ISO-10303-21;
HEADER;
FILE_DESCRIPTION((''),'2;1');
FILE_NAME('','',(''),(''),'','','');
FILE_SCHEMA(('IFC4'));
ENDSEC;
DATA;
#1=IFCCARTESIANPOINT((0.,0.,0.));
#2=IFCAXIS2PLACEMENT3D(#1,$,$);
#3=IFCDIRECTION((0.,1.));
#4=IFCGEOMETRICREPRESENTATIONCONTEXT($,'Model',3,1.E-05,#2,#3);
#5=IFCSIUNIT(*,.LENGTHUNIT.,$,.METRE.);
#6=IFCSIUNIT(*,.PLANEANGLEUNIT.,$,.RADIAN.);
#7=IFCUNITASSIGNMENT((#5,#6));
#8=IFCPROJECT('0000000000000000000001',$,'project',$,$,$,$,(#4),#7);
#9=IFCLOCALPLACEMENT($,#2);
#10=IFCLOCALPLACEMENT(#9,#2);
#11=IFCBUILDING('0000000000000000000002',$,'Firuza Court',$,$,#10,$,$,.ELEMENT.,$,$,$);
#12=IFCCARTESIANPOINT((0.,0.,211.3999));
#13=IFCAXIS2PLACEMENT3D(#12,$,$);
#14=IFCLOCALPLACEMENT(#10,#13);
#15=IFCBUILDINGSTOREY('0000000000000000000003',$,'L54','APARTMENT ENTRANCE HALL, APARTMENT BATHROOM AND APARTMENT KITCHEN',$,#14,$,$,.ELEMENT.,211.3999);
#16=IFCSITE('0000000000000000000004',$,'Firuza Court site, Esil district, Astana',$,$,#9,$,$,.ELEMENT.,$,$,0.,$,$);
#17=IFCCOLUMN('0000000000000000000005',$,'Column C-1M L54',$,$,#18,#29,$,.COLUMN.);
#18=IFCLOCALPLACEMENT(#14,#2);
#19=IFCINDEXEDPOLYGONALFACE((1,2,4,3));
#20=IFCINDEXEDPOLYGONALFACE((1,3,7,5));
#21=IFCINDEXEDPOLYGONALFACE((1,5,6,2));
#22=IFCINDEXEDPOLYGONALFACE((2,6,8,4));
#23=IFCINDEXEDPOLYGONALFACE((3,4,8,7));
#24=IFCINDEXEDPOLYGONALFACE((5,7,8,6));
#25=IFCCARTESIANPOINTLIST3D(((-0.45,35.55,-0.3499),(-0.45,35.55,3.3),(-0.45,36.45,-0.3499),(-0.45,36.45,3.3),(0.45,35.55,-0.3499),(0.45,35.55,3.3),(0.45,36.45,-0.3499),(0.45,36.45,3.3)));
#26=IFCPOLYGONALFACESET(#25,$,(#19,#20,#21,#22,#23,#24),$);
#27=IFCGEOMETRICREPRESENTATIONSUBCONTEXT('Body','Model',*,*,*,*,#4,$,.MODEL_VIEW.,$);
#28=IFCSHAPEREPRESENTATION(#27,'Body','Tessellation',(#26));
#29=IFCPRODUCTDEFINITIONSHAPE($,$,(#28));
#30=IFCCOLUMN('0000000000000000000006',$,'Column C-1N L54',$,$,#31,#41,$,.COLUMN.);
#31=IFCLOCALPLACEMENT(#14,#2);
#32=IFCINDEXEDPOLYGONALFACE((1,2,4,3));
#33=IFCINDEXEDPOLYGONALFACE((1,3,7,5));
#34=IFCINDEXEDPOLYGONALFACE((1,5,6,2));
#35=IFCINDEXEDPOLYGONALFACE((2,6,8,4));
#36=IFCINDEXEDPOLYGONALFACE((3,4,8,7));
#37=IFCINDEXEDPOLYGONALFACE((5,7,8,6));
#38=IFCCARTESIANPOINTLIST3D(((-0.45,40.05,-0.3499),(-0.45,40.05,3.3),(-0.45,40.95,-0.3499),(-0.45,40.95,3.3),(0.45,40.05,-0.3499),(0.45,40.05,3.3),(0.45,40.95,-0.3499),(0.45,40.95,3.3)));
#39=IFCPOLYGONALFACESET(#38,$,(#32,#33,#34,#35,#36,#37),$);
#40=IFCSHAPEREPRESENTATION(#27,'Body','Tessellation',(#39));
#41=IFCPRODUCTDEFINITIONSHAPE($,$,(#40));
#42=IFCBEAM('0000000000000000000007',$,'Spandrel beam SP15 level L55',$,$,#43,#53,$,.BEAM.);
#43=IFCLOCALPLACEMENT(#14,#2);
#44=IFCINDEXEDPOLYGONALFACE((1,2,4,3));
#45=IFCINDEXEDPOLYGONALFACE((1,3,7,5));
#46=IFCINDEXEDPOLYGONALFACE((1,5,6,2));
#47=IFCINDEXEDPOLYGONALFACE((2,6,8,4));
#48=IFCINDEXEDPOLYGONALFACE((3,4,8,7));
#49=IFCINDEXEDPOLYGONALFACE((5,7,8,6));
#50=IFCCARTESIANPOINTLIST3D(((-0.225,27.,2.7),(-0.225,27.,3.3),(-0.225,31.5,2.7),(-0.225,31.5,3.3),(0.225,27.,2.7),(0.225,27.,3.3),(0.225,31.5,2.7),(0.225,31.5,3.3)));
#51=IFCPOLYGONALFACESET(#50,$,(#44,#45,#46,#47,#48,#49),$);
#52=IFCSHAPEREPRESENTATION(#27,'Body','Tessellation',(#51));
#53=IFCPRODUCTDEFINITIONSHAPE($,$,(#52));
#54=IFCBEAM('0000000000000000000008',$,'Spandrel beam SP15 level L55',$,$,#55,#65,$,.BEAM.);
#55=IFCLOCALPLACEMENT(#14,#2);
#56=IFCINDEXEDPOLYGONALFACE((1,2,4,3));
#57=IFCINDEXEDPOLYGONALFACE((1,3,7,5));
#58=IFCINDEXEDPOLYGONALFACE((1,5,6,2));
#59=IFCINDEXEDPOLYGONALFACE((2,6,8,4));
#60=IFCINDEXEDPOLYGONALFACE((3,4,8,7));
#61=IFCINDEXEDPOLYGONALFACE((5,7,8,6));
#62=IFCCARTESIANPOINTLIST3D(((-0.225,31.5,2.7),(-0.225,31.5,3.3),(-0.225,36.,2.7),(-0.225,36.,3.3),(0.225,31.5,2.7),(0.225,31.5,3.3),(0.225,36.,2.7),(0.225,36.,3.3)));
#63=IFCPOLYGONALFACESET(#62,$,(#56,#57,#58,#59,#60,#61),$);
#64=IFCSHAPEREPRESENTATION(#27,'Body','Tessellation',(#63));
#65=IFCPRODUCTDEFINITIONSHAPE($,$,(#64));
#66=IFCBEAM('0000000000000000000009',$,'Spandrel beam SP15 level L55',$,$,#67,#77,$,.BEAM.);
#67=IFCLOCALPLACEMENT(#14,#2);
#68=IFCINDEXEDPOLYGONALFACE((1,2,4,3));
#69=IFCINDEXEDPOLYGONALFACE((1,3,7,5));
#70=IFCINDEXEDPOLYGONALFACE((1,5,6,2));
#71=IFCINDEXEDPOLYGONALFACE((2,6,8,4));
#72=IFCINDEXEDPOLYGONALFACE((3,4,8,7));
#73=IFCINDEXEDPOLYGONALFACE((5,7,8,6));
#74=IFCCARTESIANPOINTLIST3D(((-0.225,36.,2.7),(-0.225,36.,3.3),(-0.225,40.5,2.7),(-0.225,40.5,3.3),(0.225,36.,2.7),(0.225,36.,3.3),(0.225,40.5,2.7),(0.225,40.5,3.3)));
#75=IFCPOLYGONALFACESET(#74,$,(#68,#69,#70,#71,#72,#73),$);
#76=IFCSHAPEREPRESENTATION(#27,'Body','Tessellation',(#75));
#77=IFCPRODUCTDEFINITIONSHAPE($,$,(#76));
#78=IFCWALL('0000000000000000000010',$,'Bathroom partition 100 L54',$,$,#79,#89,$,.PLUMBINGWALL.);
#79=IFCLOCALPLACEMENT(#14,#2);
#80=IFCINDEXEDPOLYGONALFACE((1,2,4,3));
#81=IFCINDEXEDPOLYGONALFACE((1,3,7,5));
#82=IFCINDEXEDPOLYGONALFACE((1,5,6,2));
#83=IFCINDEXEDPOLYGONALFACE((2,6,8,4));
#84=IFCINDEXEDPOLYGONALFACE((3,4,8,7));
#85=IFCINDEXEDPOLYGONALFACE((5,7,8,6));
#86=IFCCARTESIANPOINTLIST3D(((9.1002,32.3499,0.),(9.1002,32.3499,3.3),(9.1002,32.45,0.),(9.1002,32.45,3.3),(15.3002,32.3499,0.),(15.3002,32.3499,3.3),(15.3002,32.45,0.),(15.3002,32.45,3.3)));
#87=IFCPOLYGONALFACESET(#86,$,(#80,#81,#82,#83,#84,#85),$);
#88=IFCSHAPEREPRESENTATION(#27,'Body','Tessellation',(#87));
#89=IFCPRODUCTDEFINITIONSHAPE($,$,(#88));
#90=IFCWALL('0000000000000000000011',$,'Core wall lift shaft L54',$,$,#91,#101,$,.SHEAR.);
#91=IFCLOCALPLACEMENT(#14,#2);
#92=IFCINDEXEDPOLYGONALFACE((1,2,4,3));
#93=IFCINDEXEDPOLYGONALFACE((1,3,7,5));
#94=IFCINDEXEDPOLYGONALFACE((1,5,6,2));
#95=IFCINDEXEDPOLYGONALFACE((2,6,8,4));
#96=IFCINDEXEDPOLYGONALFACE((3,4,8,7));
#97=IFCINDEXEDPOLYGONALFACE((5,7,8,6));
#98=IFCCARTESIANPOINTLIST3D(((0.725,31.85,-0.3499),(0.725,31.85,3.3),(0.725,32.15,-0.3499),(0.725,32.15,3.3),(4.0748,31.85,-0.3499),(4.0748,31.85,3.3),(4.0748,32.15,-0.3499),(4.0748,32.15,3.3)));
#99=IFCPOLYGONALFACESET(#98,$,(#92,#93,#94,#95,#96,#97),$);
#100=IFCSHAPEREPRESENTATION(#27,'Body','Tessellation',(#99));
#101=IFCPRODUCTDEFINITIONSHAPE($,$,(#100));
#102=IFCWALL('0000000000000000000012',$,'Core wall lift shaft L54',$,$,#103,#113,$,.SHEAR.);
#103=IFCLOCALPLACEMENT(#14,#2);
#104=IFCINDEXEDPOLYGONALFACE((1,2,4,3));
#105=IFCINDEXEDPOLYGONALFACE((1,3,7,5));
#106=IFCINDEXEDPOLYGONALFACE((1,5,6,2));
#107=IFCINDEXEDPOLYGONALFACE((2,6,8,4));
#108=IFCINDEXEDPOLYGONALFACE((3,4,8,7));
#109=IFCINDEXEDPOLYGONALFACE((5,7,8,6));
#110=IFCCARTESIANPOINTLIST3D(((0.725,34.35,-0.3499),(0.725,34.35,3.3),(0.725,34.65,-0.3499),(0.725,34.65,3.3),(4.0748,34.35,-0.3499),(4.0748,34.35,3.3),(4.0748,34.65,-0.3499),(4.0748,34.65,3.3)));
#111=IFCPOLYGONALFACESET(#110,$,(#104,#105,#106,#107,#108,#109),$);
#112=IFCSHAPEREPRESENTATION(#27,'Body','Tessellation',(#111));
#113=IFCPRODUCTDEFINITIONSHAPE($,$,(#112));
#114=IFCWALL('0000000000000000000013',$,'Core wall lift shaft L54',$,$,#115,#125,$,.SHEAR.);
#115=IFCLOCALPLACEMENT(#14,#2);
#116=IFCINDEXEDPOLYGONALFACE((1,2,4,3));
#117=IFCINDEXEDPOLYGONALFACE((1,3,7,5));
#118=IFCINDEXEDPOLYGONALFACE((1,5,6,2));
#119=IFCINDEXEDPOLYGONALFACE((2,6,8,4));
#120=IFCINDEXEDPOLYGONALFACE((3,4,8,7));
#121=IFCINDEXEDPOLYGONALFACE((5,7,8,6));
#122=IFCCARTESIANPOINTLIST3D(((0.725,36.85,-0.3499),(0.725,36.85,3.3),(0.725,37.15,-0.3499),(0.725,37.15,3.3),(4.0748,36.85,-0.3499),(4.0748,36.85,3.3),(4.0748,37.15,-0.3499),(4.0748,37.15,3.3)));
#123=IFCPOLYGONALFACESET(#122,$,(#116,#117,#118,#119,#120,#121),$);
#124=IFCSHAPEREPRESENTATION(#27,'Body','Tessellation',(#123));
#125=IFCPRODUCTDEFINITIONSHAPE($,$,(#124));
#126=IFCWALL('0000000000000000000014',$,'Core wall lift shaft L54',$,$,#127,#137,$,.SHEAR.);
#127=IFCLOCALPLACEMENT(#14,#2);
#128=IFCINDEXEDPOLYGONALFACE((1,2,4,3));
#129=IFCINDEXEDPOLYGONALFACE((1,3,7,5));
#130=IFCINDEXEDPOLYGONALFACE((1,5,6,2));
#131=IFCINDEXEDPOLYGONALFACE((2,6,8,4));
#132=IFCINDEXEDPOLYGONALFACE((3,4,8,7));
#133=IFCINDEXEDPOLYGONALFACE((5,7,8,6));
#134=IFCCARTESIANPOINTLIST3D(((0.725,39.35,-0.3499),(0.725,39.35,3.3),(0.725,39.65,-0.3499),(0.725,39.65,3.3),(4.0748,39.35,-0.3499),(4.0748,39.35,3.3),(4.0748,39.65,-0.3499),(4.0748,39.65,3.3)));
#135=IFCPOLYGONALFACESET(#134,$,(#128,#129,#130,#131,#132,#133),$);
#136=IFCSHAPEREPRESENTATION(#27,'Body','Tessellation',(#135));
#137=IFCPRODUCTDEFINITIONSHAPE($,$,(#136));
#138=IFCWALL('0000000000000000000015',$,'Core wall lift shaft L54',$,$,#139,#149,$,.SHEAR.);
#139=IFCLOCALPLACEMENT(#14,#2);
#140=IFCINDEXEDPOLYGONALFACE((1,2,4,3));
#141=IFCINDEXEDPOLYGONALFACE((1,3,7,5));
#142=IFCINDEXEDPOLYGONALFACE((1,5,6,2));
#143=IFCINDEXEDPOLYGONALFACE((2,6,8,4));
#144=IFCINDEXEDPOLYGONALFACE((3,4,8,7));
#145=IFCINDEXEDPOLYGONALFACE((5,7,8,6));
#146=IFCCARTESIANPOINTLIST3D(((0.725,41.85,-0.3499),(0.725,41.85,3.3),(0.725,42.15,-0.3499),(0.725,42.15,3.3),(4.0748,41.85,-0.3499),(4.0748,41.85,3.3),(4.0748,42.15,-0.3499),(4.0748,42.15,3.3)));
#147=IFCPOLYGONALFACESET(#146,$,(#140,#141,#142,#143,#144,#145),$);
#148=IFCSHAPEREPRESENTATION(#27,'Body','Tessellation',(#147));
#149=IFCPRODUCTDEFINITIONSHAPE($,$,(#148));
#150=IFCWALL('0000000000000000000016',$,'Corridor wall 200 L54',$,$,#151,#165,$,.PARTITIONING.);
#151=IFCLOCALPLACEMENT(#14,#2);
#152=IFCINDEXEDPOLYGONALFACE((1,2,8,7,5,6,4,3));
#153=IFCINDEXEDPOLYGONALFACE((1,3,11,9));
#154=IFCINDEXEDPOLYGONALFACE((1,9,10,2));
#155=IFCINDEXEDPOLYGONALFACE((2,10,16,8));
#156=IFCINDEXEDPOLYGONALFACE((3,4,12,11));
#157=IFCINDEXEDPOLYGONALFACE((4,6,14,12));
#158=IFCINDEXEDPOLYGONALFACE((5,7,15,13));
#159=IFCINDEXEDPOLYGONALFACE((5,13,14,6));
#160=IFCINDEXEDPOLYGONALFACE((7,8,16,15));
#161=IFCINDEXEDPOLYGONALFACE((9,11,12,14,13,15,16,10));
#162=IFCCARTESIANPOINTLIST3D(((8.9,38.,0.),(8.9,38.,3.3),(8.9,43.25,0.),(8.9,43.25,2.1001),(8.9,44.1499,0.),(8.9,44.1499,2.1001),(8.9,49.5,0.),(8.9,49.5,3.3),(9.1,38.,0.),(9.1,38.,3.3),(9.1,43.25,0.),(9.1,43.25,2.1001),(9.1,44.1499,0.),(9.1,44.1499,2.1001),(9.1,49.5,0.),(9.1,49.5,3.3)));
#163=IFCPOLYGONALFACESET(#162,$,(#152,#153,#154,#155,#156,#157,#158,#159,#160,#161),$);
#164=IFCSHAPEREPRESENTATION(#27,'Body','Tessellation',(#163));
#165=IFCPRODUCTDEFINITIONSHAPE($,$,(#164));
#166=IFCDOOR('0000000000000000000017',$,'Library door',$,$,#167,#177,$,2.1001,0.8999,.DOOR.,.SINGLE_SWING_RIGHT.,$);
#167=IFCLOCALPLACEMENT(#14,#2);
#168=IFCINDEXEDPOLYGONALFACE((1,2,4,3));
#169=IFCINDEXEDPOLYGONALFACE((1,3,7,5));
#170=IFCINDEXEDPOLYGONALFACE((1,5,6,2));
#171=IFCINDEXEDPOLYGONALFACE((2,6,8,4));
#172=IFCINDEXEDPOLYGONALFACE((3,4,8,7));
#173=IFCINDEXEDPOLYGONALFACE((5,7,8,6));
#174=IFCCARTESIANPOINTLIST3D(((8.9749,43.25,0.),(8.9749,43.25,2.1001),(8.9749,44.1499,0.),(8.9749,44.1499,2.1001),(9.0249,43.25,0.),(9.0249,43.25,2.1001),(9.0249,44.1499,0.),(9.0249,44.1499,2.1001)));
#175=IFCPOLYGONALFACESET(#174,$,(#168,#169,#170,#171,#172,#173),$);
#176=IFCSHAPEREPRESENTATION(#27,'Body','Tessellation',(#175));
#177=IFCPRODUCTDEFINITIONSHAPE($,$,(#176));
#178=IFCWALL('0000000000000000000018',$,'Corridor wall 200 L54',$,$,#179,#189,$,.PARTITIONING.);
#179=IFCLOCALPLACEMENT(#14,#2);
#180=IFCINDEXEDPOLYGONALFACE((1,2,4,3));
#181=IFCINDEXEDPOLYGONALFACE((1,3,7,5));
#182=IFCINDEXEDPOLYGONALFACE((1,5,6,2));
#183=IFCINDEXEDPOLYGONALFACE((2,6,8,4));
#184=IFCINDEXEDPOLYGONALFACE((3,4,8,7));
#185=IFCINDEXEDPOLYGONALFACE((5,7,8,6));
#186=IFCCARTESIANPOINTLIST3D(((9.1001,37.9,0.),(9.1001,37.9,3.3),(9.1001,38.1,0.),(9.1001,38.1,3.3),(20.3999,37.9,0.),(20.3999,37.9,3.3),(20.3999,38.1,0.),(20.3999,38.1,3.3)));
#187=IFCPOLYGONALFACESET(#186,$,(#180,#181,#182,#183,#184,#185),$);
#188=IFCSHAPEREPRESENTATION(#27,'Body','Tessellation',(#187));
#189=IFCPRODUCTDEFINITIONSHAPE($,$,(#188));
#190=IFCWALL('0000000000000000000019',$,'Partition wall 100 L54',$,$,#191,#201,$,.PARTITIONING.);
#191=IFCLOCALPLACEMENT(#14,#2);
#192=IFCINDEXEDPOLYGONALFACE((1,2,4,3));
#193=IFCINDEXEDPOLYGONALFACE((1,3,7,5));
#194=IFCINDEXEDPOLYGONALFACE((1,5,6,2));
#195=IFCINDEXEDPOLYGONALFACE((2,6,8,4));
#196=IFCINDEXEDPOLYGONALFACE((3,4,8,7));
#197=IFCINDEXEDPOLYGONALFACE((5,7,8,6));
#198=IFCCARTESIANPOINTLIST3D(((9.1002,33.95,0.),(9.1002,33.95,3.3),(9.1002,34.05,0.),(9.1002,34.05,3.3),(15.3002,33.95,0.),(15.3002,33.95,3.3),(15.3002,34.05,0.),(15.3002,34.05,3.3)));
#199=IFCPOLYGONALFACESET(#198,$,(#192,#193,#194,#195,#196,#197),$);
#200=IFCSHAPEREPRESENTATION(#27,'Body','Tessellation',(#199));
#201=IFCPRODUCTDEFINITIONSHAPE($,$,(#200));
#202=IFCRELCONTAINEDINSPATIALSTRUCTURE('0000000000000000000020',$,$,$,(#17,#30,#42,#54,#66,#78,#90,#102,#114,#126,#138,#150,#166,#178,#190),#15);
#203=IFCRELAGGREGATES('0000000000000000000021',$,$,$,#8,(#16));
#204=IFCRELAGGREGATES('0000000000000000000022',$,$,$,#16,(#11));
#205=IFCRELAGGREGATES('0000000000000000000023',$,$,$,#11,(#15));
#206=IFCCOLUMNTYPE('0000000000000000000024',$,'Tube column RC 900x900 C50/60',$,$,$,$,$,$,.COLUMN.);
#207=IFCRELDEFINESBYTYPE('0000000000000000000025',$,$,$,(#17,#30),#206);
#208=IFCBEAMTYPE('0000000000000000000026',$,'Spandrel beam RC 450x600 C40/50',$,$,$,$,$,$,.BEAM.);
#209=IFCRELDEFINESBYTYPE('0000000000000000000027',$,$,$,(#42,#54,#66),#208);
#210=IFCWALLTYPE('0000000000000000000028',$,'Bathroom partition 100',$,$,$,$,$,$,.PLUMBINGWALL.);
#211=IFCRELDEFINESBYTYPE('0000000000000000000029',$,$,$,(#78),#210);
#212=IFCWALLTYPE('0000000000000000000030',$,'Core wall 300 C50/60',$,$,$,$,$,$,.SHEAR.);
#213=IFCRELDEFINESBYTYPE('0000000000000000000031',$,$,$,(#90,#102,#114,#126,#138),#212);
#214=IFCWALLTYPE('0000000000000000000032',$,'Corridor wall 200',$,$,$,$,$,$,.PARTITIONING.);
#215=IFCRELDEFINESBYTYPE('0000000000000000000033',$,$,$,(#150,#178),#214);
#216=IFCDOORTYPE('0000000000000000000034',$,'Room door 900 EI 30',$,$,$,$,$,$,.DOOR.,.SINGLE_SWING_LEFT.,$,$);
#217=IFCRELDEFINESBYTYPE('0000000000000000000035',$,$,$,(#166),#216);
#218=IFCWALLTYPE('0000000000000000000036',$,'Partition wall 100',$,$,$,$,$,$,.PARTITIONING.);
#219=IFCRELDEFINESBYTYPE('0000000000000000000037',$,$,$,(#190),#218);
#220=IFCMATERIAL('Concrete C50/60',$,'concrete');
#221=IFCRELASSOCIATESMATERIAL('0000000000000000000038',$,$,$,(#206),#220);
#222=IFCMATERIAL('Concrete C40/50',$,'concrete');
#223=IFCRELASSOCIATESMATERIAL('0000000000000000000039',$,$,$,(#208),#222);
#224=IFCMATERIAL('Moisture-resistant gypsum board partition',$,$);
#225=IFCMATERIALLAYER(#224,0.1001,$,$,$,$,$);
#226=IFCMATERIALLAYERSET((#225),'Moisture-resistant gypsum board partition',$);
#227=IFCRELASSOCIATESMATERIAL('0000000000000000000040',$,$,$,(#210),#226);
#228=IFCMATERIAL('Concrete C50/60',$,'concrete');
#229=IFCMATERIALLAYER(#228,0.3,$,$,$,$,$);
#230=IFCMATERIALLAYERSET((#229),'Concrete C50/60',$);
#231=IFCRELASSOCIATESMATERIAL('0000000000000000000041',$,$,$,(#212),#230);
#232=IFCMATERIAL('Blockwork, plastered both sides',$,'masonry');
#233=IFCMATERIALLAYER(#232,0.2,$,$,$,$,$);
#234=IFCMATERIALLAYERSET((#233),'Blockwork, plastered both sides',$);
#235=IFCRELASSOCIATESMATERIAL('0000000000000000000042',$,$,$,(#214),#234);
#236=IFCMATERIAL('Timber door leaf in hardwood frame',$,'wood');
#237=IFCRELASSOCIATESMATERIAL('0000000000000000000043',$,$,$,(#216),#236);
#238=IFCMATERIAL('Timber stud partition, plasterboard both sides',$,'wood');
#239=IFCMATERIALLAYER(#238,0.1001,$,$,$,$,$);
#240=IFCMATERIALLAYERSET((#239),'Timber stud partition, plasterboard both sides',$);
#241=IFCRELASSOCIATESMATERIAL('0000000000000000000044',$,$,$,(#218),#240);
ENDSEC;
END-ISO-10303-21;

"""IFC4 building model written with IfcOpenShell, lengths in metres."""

from ifc_helpers import new_model, si_unit, direction, frame, frame_2d, origin, origin_2d, place, context, subcontext, project, spatial, rectangle, extrude, material, layer, layer_set, material_profile, profile_set, type_object, element, fill, save


model = new_model("IFC4")

# Units and contexts
model_context = context("Model", 3, precision=1e-05, world=origin(), true_north=direction((0.0, 1.0)))
body_context = subcontext(model_context, "Body", "Model", "MODEL_VIEW")
ifc_project = project(units=[si_unit("LENGTHUNIT", "METRE"), si_unit("PLANEANGLEUNIT", "RADIAN")], contexts=[model_context])

# Site, building, storey
site_placement = place(None, origin())
site = spatial("IfcSite", under=ifc_project, at=site_placement, Name="Firuza Court site, Esil district, Astana", CompositionType="ELEMENT", RefElevation=0.0)
building_placement = place(site_placement, origin())
building = spatial("IfcBuilding", under=site, at=building_placement, Name="Firuza Court", CompositionType="ELEMENT")
storey_placement = place(building_placement, frame((0.0, 0.0, 211.3999)))
storey = spatial("IfcBuildingStorey", under=building, at=storey_placement, Name="L54", Description="APARTMENT ENTRANCE HALL, APARTMENT BATHROOM AND APARTMENT KITCHEN", CompositionType="ELEMENT", Elevation=211.3999)

# Columns
ifc_material_1 = material(Name="Concrete C50/60", Category="concrete")
ifc_material_profile_1 = material_profile(ifc_material_1, rectangle(XDim=0.8999, YDim=0.8999, at=origin_2d()), Name="RC 900x900")
ifc_profile_set_1 = profile_set([ifc_material_profile_1], Name="Concrete C50/60")
column_type = type_object("IfcColumnType", Name="Tube column RC 900x900 C50/60", PredefinedType="COLUMN", material=ifc_profile_set_1)
for number, where, z_axis, x_axis, name in (
    (1, (0.0, 36.0, -0.3499), (0.0, 0.0, 1.0), (1.0, 0.0, 0.0), "Column C-1M L54"),
    (2, (0.0, 40.5, -0.3499), (0.0, 0.0, 1.0), (1.0, 0.0, 0.0), "Column C-1N L54"),
):
    element("IfcColumn", number, at=place(storey_placement, frame(where, z_axis=z_axis, x_axis=x_axis)), inside=storey, type_object=column_type, Name=name, PredefinedType="COLUMN", context=body_context, shape_type="SweptSolid", body=[
        extrude(rectangle(XDim=0.8999, YDim=0.8999, at=origin_2d()), origin(), (0.0, 0.0, 1.0), 3.6499),
    ])

# Beams
ifc_material_2 = material(Name="Concrete C40/50", Category="concrete")
ifc_material_profile_2 = material_profile(ifc_material_2, rectangle(XDim=0.45, YDim=0.6001, at=origin_2d()), Name="RC 450x600")
ifc_profile_set_2 = profile_set([ifc_material_profile_2], Name="Concrete C40/50")
beam_type = type_object("IfcBeamType", Name="Spandrel beam RC 450x600 C40/50", PredefinedType="BEAM", material=ifc_profile_set_2)
for number, where, z_axis, x_axis, name in (
    (3, (0.0, 31.5, 3.0), (0.0, -1.0, 0.0), (1.0, 0.0, 0.0), "Spandrel beam SP15 level L55"),
    (4, (0.0, 36.0, 3.0), (0.0, -1.0, 0.0), (1.0, 0.0, 0.0), "Spandrel beam SP15 level L55"),
    (5, (0.0, 40.5, 3.0), (0.0, -1.0, 0.0), (1.0, 0.0, 0.0), "Spandrel beam SP15 level L55"),
):
    element("IfcBeam", number, at=place(storey_placement, frame(where, z_axis=z_axis, x_axis=x_axis)), inside=storey, type_object=beam_type, Name=name, PredefinedType="BEAM", context=body_context, shape_type="SweptSolid", body=[
        extrude(rectangle(XDim=0.45, YDim=0.6001, at=origin_2d()), origin(), (0.0, 0.0, 1.0), 4.5),
    ])

# Walls
ifc_material_3 = material(Name="Moisture-resistant gypsum board partition")
ifc_layer_1 = layer(ifc_material_3, 0.1001)
ifc_layer_set_1 = layer_set([ifc_layer_1], Name="Moisture-resistant gypsum board partition")
wall_type_1 = type_object("IfcWallType", Name="Bathroom partition 100", PredefinedType="PLUMBINGWALL", material=ifc_layer_set_1)
wall_1_placement = place(storey_placement, frame((9.1001, 32.3999, 0.0), z_axis=(0.0, 0.0, 1.0), x_axis=(1.0, 0.0, 0.0)))
element("IfcWall", 6, at=wall_1_placement, inside=storey, type_object=wall_type_1, Name="Bathroom partition 100 L54", PredefinedType="PLUMBINGWALL", context=body_context, shape_type="SweptSolid", body=[
    extrude(rectangle(XDim=6.2, YDim=0.1001, at=frame_2d((3.1001, 0.0))), origin(), (0.0, 0.0, 1.0), 3.3),
])
ifc_material_4 = material(Name="Concrete C50/60", Category="concrete")
ifc_layer_2 = layer(ifc_material_4, 0.3)
ifc_layer_set_2 = layer_set([ifc_layer_2], Name="Concrete C50/60")
wall_type_2 = type_object("IfcWallType", Name="Core wall 300 C50/60", PredefinedType="SHEAR", material=ifc_layer_set_2)
for number, where, z_axis, x_axis, name in (
    (7, (0.7251, 32.0, -0.3499), (0.0, 0.0, 1.0), (1.0, 0.0, 0.0), "Core wall lift shaft L54"),
    (8, (0.7251, 34.5, -0.3499), (0.0, 0.0, 1.0), (1.0, 0.0, 0.0), "Core wall lift shaft L54"),
    (9, (0.7251, 37.0, -0.3499), (0.0, 0.0, 1.0), (1.0, 0.0, 0.0), "Core wall lift shaft L54"),
    (10, (0.7251, 39.5, -0.3499), (0.0, 0.0, 1.0), (1.0, 0.0, 0.0), "Core wall lift shaft L54"),
    (11, (0.7251, 42.0, -0.3499), (0.0, 0.0, 1.0), (1.0, 0.0, 0.0), "Core wall lift shaft L54"),
):
    element("IfcWall", number, at=place(storey_placement, frame(where, z_axis=z_axis, x_axis=x_axis)), inside=storey, type_object=wall_type_2, Name=name, PredefinedType="SHEAR", context=body_context, shape_type="SweptSolid", body=[
        extrude(rectangle(XDim=3.3499, YDim=0.3, at=frame_2d((1.6748, 0.0))), origin(), (0.0, 0.0, 1.0), 3.6499),
    ])

# Wall, opening, door
ifc_material_5 = material(Name="Blockwork, plastered both sides", Category="masonry")
ifc_layer_3 = layer(ifc_material_5, 0.2)
ifc_layer_set_3 = layer_set([ifc_layer_3], Name="Blockwork, plastered both sides")
wall_type_3 = type_object("IfcWallType", Name="Corridor wall 200", PredefinedType="PARTITIONING", material=ifc_layer_set_3)
wall_2_placement = place(storey_placement, frame((9.0, 38.0, 0.0), z_axis=(0.0, 0.0, 1.0), x_axis=(0.0, 1.0, 0.0)))
wall_2 = element("IfcWall", 12, at=wall_2_placement, inside=storey, type_object=wall_type_3, Name="Corridor wall 200 L54", PredefinedType="PARTITIONING", context=body_context, shape_type="SweptSolid", body=[
    extrude(rectangle(XDim=11.5, YDim=0.2, at=frame_2d((5.75, 0.0))), origin(), (0.0, 0.0, 1.0), 3.3),
])
opening_1_placement = place(wall_2_placement, frame((5.25, 0.0, 0.0)))
opening_1 = element("IfcOpeningElement", 13, at=opening_1_placement, cuts=wall_2, PredefinedType="OPENING", context=body_context, shape_type="SweptSolid", body=[
    extrude(rectangle(XDim=0.8999, YDim=2.1001, at=frame_2d((0.45, 1.05))), frame((0.0, 0.1118, 0.0), z_axis=(0.0, -1.0, 0.0), x_axis=(1.0, 0.0, 0.0)), (0.0, 0.0, 1.0), 0.2239),
])
ifc_material_6 = material(Name="Timber door leaf in hardwood frame", Category="wood")
door_type_1 = type_object("IfcDoorType", Name="Room door 900 EI 30", OperationType="SINGLE_SWING_LEFT", PredefinedType="DOOR", material=ifc_material_6)
door_1_placement = place(opening_1_placement, frame((0.8999, 0.0, 0.0), z_axis=(0.0, 0.0, 1.0), x_axis=(-1.0, 0.0, 0.0)))
door_1 = element("IfcDoor", 14, at=door_1_placement, inside=storey, type_object=door_type_1, Name="Library door", OperationType="SINGLE_SWING_RIGHT", OverallHeight=2.1001, OverallWidth=0.8999, PredefinedType="DOOR", context=body_context, shape_type="SweptSolid", body=[
    extrude(rectangle(XDim=0.8999, YDim=2.1001, at=frame_2d((0.45, 1.05))), frame((0.0, 0.0249, 0.0), z_axis=(0.0, -1.0, 0.0), x_axis=(1.0, 0.0, 0.0)), (0.0, 0.0, 1.0), 0.05),
])
fill(opening_1, door_1)

# Walls
wall_3_placement = place(storey_placement, frame((9.1001, 38.0, 0.0), z_axis=(0.0, 0.0, 1.0), x_axis=(1.0, 0.0, 0.0)))
element("IfcWall", 15, at=wall_3_placement, inside=storey, type_object=wall_type_3, Name="Corridor wall 200 L54", PredefinedType="PARTITIONING", context=body_context, shape_type="SweptSolid", body=[
    extrude(rectangle(XDim=11.2998, YDim=0.2, at=frame_2d((5.6499, 0.0))), origin(), (0.0, 0.0, 1.0), 3.3),
])
ifc_material_7 = material(Name="Timber stud partition, plasterboard both sides", Category="wood")
ifc_layer_4 = layer(ifc_material_7, 0.1001)
ifc_layer_set_4 = layer_set([ifc_layer_4], Name="Timber stud partition, plasterboard both sides")
wall_type_4 = type_object("IfcWallType", Name="Partition wall 100", PredefinedType="PARTITIONING", material=ifc_layer_set_4)
wall_4_placement = place(storey_placement, frame((9.1001, 34.0, 0.0), z_axis=(0.0, 0.0, 1.0), x_axis=(1.0, 0.0, 0.0)))
element("IfcWall", 16, at=wall_4_placement, inside=storey, type_object=wall_type_4, Name="Partition wall 100 L54", PredefinedType="PARTITIONING", context=body_context, shape_type="SweptSolid", body=[
    extrude(rectangle(XDim=6.2, YDim=0.1001, at=frame_2d((3.1001, 0.0))), origin(), (0.0, 0.0, 1.0), 3.3),
])

save(model, "model.ifc")
